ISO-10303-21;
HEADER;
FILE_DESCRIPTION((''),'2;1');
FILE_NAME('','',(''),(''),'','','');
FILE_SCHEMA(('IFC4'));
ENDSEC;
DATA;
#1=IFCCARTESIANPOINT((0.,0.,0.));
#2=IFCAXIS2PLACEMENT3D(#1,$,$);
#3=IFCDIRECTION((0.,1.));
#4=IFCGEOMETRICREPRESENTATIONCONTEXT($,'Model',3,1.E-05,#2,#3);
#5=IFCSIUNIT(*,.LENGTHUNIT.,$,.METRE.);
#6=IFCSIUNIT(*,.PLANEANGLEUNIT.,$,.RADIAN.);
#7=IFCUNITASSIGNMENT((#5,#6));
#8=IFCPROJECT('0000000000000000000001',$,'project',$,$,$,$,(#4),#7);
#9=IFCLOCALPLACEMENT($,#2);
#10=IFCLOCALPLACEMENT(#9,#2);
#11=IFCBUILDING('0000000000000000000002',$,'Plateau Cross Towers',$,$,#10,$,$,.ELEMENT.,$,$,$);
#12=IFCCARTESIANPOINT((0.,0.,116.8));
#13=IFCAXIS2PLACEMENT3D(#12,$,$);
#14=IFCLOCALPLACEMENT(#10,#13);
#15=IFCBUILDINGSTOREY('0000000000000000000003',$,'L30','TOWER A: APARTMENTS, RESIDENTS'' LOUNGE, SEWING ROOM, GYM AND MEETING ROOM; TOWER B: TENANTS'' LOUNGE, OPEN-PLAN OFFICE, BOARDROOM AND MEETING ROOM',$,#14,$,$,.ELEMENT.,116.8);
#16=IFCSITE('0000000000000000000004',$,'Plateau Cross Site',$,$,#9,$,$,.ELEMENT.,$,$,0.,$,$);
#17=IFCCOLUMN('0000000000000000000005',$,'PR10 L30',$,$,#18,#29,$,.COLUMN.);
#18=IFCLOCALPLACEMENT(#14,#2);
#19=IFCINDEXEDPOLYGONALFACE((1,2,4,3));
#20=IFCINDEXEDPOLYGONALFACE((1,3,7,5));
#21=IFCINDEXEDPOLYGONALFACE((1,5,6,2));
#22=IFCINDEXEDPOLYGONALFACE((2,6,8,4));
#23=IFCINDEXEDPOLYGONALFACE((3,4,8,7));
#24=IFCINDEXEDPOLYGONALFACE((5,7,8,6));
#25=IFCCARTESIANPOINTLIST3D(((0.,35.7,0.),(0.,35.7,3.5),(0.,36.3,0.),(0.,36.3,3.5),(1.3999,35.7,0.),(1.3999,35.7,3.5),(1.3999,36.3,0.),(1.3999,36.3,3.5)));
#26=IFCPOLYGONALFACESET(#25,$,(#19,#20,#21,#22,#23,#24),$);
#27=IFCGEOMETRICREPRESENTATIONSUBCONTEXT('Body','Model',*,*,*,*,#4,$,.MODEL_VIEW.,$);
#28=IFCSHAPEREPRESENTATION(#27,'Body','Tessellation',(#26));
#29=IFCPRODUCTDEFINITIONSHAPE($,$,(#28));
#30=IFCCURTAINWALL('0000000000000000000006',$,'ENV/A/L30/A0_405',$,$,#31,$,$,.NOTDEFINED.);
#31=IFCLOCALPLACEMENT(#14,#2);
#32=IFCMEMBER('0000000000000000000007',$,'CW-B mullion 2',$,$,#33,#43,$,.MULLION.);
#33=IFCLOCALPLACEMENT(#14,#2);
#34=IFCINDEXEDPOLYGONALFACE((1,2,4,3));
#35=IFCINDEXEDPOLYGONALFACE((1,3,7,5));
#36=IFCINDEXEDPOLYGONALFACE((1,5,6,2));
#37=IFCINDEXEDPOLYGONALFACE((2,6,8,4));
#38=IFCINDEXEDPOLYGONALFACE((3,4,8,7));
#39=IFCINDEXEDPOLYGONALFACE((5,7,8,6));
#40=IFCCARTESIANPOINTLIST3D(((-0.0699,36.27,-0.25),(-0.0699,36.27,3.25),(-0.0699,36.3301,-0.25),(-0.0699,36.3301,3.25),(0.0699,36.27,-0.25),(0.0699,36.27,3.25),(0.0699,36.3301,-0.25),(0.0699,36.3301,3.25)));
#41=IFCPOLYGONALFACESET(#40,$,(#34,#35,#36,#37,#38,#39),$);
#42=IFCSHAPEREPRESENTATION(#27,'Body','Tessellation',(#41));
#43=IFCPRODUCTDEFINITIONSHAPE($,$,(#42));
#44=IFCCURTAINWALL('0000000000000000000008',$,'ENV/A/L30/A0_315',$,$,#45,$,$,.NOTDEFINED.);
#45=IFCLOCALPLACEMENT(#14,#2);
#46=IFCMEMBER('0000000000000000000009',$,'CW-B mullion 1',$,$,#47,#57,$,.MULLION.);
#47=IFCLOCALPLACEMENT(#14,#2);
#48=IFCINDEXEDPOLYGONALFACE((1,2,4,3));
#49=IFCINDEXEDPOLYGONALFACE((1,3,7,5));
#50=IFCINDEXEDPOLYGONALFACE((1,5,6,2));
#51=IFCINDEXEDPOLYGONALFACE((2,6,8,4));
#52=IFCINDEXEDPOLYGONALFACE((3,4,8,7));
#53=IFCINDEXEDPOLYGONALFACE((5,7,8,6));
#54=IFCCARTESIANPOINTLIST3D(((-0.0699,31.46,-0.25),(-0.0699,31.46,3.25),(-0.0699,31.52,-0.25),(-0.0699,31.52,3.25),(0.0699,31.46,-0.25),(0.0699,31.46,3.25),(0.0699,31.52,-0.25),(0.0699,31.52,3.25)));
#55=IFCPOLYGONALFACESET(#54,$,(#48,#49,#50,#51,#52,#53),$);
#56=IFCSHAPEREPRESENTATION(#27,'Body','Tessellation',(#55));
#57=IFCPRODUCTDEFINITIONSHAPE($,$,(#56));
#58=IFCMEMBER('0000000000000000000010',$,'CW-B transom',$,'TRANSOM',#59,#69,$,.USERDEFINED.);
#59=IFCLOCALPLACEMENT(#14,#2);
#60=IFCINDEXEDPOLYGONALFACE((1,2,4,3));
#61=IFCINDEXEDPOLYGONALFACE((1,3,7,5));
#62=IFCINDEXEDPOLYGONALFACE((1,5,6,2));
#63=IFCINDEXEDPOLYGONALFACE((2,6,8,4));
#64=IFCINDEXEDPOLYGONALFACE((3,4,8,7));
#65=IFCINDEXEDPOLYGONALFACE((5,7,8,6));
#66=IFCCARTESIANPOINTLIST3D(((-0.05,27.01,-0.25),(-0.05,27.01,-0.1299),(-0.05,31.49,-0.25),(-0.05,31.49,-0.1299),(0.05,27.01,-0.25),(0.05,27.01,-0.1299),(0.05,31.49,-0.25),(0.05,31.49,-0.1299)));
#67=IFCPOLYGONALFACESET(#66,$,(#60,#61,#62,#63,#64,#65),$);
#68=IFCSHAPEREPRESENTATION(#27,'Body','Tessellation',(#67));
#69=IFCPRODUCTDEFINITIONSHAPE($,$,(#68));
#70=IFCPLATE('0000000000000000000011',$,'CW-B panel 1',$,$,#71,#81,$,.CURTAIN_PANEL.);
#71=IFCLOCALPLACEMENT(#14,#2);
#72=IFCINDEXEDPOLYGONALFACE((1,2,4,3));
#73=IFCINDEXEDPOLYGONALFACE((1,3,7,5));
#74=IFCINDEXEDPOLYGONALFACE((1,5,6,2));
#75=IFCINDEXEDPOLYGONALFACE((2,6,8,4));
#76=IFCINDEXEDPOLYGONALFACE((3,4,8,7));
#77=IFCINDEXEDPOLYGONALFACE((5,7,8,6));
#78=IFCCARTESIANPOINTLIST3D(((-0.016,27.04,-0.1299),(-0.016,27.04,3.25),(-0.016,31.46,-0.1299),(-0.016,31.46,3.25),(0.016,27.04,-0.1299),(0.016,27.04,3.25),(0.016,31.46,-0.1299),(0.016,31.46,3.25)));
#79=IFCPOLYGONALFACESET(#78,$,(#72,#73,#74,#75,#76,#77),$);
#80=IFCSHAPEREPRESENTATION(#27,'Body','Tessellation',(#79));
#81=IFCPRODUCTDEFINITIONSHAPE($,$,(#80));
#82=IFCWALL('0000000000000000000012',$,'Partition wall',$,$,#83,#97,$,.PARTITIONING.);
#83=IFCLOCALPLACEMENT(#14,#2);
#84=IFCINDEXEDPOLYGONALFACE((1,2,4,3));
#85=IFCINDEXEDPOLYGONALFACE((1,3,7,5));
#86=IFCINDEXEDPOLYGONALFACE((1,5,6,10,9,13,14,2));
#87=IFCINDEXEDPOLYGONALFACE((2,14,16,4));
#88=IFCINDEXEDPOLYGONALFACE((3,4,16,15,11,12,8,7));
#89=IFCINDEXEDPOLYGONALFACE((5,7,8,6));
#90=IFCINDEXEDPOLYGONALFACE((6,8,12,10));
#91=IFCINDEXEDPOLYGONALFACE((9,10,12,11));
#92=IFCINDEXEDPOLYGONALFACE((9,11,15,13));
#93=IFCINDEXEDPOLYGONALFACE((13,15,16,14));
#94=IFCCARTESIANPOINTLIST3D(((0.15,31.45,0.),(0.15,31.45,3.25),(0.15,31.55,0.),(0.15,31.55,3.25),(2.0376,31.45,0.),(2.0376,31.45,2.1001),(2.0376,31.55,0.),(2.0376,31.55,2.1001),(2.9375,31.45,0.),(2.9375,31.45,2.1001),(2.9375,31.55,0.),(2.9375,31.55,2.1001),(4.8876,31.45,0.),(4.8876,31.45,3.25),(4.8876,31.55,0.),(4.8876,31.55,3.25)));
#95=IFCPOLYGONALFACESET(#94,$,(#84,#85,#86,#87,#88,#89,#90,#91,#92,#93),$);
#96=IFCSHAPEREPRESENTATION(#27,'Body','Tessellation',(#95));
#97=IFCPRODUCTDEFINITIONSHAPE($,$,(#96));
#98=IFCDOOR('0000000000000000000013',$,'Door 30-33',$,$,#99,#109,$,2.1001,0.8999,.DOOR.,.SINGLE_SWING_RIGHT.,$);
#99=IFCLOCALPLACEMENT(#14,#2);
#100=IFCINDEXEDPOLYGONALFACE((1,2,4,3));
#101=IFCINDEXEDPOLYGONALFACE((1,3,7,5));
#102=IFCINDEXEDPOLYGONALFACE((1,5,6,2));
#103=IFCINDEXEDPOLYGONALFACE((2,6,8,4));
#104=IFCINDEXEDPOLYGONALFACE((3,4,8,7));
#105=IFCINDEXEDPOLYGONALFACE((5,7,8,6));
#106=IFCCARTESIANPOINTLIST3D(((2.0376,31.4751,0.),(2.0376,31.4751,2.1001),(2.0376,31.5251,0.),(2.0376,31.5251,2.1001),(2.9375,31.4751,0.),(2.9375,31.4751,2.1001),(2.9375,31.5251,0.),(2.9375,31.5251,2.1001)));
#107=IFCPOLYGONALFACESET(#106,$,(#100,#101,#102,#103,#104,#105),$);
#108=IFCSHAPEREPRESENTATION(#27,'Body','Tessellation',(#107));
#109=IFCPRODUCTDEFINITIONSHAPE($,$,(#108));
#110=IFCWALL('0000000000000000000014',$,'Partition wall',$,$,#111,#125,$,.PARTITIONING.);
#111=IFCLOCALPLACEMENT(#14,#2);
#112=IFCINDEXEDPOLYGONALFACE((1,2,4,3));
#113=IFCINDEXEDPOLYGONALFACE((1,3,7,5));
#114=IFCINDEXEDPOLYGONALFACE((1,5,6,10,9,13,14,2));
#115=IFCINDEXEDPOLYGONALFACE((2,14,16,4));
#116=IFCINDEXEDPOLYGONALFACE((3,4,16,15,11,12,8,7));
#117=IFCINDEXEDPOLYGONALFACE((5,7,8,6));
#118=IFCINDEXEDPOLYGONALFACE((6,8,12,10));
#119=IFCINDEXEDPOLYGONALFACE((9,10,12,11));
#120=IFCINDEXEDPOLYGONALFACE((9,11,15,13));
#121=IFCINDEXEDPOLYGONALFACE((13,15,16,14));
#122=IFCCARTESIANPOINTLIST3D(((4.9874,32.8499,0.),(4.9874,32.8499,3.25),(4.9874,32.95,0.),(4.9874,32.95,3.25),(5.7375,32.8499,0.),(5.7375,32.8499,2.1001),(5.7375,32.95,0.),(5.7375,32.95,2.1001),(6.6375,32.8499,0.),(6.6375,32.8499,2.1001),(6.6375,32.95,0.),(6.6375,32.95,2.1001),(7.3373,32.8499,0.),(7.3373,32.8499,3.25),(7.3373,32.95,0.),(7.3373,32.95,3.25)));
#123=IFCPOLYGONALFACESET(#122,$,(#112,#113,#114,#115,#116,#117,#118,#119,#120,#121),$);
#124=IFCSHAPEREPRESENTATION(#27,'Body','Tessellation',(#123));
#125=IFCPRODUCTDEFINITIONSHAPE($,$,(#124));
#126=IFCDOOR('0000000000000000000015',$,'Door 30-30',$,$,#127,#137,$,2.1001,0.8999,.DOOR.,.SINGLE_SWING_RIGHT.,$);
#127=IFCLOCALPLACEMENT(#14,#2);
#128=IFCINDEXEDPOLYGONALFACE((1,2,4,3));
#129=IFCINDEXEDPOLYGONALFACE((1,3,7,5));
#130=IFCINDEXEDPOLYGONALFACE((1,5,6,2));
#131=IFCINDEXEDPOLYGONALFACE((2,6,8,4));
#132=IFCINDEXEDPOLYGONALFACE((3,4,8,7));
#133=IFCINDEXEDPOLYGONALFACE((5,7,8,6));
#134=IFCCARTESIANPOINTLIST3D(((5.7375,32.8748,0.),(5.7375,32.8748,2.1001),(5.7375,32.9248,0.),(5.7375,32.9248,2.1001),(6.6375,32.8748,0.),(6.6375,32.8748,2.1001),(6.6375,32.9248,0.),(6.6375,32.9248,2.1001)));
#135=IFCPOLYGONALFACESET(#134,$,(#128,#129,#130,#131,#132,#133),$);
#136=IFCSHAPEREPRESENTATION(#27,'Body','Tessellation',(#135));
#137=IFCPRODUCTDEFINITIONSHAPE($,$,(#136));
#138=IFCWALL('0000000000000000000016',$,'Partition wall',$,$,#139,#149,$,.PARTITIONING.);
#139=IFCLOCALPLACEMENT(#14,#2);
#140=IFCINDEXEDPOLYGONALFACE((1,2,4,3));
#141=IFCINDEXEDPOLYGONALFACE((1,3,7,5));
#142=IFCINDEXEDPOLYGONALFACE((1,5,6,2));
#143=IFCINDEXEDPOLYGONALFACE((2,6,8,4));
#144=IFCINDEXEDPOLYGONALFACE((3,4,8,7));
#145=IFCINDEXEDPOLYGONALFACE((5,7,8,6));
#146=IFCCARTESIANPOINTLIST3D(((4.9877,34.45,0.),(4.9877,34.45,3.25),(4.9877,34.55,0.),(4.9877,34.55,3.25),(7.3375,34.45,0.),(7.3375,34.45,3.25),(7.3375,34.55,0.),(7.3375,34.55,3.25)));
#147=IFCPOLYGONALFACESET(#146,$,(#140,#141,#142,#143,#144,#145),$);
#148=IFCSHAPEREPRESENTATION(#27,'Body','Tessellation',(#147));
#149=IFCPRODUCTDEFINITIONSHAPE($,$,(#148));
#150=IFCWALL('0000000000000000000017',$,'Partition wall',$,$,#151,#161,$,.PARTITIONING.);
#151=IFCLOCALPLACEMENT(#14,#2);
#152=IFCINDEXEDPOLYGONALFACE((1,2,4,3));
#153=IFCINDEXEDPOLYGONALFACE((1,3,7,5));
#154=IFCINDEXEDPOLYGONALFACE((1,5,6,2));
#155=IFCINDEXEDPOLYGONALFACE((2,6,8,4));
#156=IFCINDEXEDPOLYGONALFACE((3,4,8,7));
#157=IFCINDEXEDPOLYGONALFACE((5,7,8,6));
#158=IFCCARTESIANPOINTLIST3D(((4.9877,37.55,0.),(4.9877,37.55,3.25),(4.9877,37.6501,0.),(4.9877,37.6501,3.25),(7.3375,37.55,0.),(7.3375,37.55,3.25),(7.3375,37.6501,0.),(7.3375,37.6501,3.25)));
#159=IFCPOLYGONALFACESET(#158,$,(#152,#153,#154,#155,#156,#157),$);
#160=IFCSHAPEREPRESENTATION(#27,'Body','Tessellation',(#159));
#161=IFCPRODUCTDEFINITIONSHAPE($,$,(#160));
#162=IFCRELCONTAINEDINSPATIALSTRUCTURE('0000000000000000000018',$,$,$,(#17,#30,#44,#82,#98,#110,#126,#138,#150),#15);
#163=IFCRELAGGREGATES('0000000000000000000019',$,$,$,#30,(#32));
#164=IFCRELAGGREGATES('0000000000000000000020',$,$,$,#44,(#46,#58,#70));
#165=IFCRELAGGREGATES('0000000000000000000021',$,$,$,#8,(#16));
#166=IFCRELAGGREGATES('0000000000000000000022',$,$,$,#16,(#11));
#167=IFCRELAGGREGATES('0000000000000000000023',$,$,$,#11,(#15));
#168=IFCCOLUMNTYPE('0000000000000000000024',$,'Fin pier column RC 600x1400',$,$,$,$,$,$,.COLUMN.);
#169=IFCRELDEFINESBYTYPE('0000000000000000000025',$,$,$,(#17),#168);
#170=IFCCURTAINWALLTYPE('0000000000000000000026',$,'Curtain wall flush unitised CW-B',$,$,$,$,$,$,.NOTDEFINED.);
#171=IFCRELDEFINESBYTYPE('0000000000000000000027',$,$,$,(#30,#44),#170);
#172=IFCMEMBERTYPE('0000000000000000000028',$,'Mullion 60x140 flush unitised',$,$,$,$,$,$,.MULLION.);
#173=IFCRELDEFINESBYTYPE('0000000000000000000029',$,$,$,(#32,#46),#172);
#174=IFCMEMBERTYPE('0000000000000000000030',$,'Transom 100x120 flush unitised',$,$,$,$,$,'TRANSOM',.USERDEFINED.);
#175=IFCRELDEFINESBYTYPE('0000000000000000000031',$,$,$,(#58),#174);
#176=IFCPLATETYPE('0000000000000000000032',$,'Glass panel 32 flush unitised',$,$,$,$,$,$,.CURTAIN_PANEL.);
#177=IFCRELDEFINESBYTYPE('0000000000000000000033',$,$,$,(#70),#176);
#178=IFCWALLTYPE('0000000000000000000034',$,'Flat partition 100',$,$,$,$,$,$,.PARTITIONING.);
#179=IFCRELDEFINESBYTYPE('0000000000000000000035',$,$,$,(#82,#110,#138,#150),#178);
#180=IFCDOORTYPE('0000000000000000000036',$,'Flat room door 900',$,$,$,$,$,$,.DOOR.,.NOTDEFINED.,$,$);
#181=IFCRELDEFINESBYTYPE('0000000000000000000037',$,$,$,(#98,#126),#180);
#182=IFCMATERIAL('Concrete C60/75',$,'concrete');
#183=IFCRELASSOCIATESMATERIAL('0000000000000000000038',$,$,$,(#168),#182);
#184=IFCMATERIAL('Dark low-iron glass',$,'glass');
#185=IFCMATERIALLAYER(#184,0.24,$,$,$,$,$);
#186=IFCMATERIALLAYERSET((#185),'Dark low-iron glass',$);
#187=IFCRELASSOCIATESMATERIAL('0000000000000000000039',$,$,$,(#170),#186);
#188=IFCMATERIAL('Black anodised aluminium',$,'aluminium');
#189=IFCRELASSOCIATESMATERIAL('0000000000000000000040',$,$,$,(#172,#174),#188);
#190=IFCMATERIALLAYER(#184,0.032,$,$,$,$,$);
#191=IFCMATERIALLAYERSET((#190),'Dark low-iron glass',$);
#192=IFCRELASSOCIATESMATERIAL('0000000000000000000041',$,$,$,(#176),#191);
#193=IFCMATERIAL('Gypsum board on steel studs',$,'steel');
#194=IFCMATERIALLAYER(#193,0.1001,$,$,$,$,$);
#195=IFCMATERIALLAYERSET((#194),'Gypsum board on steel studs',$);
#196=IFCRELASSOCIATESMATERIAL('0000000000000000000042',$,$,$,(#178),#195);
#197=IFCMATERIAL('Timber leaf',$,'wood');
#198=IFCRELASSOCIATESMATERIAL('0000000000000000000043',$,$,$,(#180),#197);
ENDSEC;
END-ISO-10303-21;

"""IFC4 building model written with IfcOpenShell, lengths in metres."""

from ifc_helpers import new_model, si_unit, direction, frame, frame_2d, origin, origin_2d, place, context, subcontext, project, spatial, rectangle, extrude, material, layer, layer_set, material_profile, profile_set, type_object, element, fill, aggregate, save


model = new_model("IFC4")

# Units and contexts
model_context = context("Model", 3, precision=1e-05, world=origin(), true_north=direction((0.0, 1.0)))
body_context = subcontext(model_context, "Body", "Model", "MODEL_VIEW")
ifc_project = project(units=[si_unit("LENGTHUNIT", "METRE"), si_unit("PLANEANGLEUNIT", "RADIAN")], contexts=[model_context])

# Site, building, storey
site_placement = place(None, origin())
site = spatial("IfcSite", under=ifc_project, at=site_placement, Name="Plateau Cross Site", CompositionType="ELEMENT", RefElevation=0.0)
building_placement = place(site_placement, origin())
building = spatial("IfcBuilding", under=site, at=building_placement, Name="Plateau Cross Towers", CompositionType="ELEMENT")
storey_placement = place(building_placement, frame((0.0, 0.0, 116.8)))
storey = spatial("IfcBuildingStorey", under=building, at=storey_placement, Name="L30", Description="TOWER A: APARTMENTS, RESIDENTS' LOUNGE, SEWING ROOM, GYM AND MEETING ROOM; TOWER B: TENANTS' LOUNGE, OPEN-PLAN OFFICE, BOARDROOM AND MEETING ROOM", CompositionType="ELEMENT", Elevation=116.8)

# Column
ifc_material_1 = material(Name="Concrete C60/75", Category="concrete")
ifc_material_profile_1 = material_profile(ifc_material_1, rectangle(XDim=0.6001, YDim=1.3999, at=origin_2d()), Name="RC 600x1400")
ifc_profile_set_1 = profile_set([ifc_material_profile_1], Name="Concrete C60/75")
column_type = type_object("IfcColumnType", Name="Fin pier column RC 600x1400", PredefinedType="COLUMN", material=ifc_profile_set_1)
column_placement = place(storey_placement, frame((0.7, 36.0, 0.0), z_axis=(0.0, 0.0, 1.0), x_axis=(0.0, 1.0, 0.0)))
element("IfcColumn", 1, at=column_placement, inside=storey, type_object=column_type, Name="PR10 L30", PredefinedType="COLUMN", context=body_context, shape_type="SweptSolid", body=[
    extrude(rectangle(XDim=0.6001, YDim=1.3999, at=origin_2d()), origin(), (0.0, 0.0, 1.0), 3.5),
])

# Curtain wall, member
ifc_material_2 = material(Name="Dark low-iron glass", Category="glass")
ifc_layer_1 = layer(ifc_material_2, 0.24)
ifc_layer_set_1 = layer_set([ifc_layer_1], Name="Dark low-iron glass")
curtain_wall_type = type_object("IfcCurtainWallType", Name="Curtain wall flush unitised CW-B", PredefinedType="NOTDEFINED", material=ifc_layer_set_1)
curtain_wall_1_placement = place(storey_placement, origin())
curtain_wall_1 = element("IfcCurtainWall", 2, at=curtain_wall_1_placement, inside=storey, type_object=curtain_wall_type, Name="ENV/A/L30/A0_405", PredefinedType="NOTDEFINED")
ifc_material_3 = material(Name="Black anodised aluminium", Category="aluminium")
ifc_material_profile_2 = material_profile(ifc_material_3, rectangle(XDim=0.0601, YDim=0.1399, at=origin_2d()), Name="MULLION 60x140")
ifc_profile_set_2 = profile_set([ifc_material_profile_2], Name="Black anodised aluminium")
member_type_1 = type_object("IfcMemberType", Name="Mullion 60x140 flush unitised", PredefinedType="MULLION", material=ifc_profile_set_2)
member_1_placement = place(storey_placement, frame((0.0, 36.3, -0.25), z_axis=(0.0, 0.0, 1.0), x_axis=(0.0, -1.0, 0.0)))
member_1 = element("IfcMember", 3, at=member_1_placement, type_object=member_type_1, Name="CW-B mullion 2", PredefinedType="MULLION", context=body_context, shape_type="SweptSolid", body=[
    extrude(rectangle(XDim=0.0601, YDim=0.1399, at=origin_2d()), origin(), (0.0, 0.0, 1.0), 3.5),
])
aggregate(curtain_wall_1, [member_1])

# Curtain wall, members, plate
curtain_wall_2_placement = place(storey_placement, origin())
curtain_wall_2 = element("IfcCurtainWall", 4, at=curtain_wall_2_placement, inside=storey, type_object=curtain_wall_type, Name="ENV/A/L30/A0_315", PredefinedType="NOTDEFINED")
member_2_placement = place(storey_placement, frame((0.0, 31.49, -0.25), z_axis=(0.0, 0.0, 1.0), x_axis=(0.0, -1.0, 0.0)))
member_2 = element("IfcMember", 5, at=member_2_placement, type_object=member_type_1, Name="CW-B mullion 1", PredefinedType="MULLION", context=body_context, shape_type="SweptSolid", body=[
    extrude(rectangle(XDim=0.0601, YDim=0.1399, at=origin_2d()), origin(), (0.0, 0.0, 1.0), 3.5),
])
ifc_material_profile_3 = material_profile(ifc_material_3, rectangle(XDim=0.1001, YDim=0.1201, at=origin_2d()), Name="TRANSOM 100x120")
ifc_profile_set_3 = profile_set([ifc_material_profile_3], Name="Black anodised aluminium")
member_type_2 = type_object("IfcMemberType", Name="Transom 100x120 flush unitised", ElementType="TRANSOM", PredefinedType="USERDEFINED", material=ifc_profile_set_3)
member_3_placement = place(storey_placement, frame((0.0, 31.49, -0.1899), z_axis=(0.0, -1.0, 0.0), x_axis=(1.0, 0.0, 0.0)))
member_3 = element("IfcMember", 6, at=member_3_placement, type_object=member_type_2, Name="CW-B transom", ObjectType="TRANSOM", PredefinedType="USERDEFINED", context=body_context, shape_type="SweptSolid", body=[
    extrude(rectangle(XDim=0.1001, YDim=0.1201, at=origin_2d()), origin(), (0.0, 0.0, 1.0), 4.48),
])
ifc_layer_2 = layer(ifc_material_2, 0.032)
ifc_layer_set_2 = layer_set([ifc_layer_2], Name="Dark low-iron glass")
plate_type = type_object("IfcPlateType", Name="Glass panel 32 flush unitised", PredefinedType="CURTAIN_PANEL", material=ifc_layer_set_2)
plate_placement = place(storey_placement, frame((0.0, 29.25, -0.1299), z_axis=(0.0, 0.0, 1.0), x_axis=(0.0, -1.0, 0.0)))
plate = element("IfcPlate", 7, at=plate_placement, type_object=plate_type, Name="CW-B panel 1", PredefinedType="CURTAIN_PANEL", context=body_context, shape_type="SweptSolid", body=[
    extrude(rectangle(XDim=4.4199, YDim=0.032, at=origin_2d()), origin(), (0.0, 0.0, 1.0), 3.3799),
])
aggregate(curtain_wall_2, [member_2, member_3, plate])

# Walls, openings, doors
ifc_material_4 = material(Name="Gypsum board on steel studs", Category="steel")
ifc_layer_3 = layer(ifc_material_4, 0.1001)
ifc_layer_set_3 = layer_set([ifc_layer_3], Name="Gypsum board on steel studs")
wall_type_1 = type_object("IfcWallType", Name="Flat partition 100", PredefinedType="PARTITIONING", material=ifc_layer_set_3)
wall_1_placement = place(storey_placement, frame((4.8875, 31.5, 0.0), z_axis=(0.0, 0.0, 1.0), x_axis=(-1.0, 0.0, 0.0)))
wall_1 = element("IfcWall", 8, at=wall_1_placement, inside=storey, type_object=wall_type_1, Name="Partition wall", PredefinedType="PARTITIONING", context=body_context, shape_type="SweptSolid", body=[
    extrude(rectangle(XDim=4.7375, YDim=0.1001, at=frame_2d((2.3687, 0.0))), origin(), (0.0, 0.0, 1.0), 3.25),
])
opening_1_placement = place(wall_1_placement, frame((1.95, 0.0, 0.0)))
opening_1 = element("IfcOpeningElement", 9, at=opening_1_placement, cuts=wall_1, PredefinedType="OPENING", context=body_context, shape_type="SweptSolid", body=[
    extrude(rectangle(XDim=0.8999, YDim=2.1001, at=frame_2d((0.45, 1.05))), frame((0.0, 0.0601, 0.0), z_axis=(0.0, -1.0, 0.0), x_axis=(1.0, 0.0, 0.0)), (0.0, 0.0, 1.0), 0.1201),
])
ifc_material_5 = material(Name="Timber leaf", Category="wood")
door_type_1 = type_object("IfcDoorType", Name="Flat room door 900", OperationType="NOTDEFINED", PredefinedType="DOOR", material=ifc_material_5)
door_1_placement = place(opening_1_placement, origin())
door_1 = element("IfcDoor", 10, at=door_1_placement, inside=storey, type_object=door_type_1, Name="Door 30-33", OperationType="SINGLE_SWING_RIGHT", OverallHeight=2.1001, OverallWidth=0.8999, PredefinedType="DOOR", context=body_context, shape_type="SweptSolid", body=[
    extrude(rectangle(XDim=0.8999, YDim=2.1001, at=frame_2d((0.45, 1.05))), frame((0.0, 0.0249, 0.0), z_axis=(0.0, -1.0, 0.0), x_axis=(1.0, 0.0, 0.0)), (0.0, 0.0, 1.0), 0.05),
])
fill(opening_1, door_1)
wall_2_placement = place(storey_placement, frame((4.9875, 32.8999, 0.0), z_axis=(0.0, 0.0, 1.0), x_axis=(1.0, 0.0, 0.0)))
wall_2 = element("IfcWall", 11, at=wall_2_placement, inside=storey, type_object=wall_type_1, Name="Partition wall", PredefinedType="PARTITIONING", context=body_context, shape_type="SweptSolid", body=[
    extrude(rectangle(XDim=2.3499, YDim=0.1001, at=frame_2d((1.1748, 0.0))), origin(), (0.0, 0.0, 1.0), 3.25),
])
opening_2_placement = place(wall_2_placement, frame((0.75, 0.0, 0.0)))
opening_2 = element("IfcOpeningElement", 12, at=opening_2_placement, cuts=wall_2, PredefinedType="OPENING", context=body_context, shape_type="SweptSolid", body=[
    extrude(rectangle(XDim=0.8999, YDim=2.1001, at=frame_2d((0.45, 1.05))), frame((0.0, 0.0601, 0.0), z_axis=(0.0, -1.0, 0.0), x_axis=(1.0, 0.0, 0.0)), (0.0, 0.0, 1.0), 0.1201),
])
door_2_placement = place(opening_2_placement, origin())
door_2 = element("IfcDoor", 13, at=door_2_placement, inside=storey, type_object=door_type_1, Name="Door 30-30", OperationType="SINGLE_SWING_RIGHT", OverallHeight=2.1001, OverallWidth=0.8999, PredefinedType="DOOR", context=body_context, shape_type="SweptSolid", body=[
    extrude(rectangle(XDim=0.8999, YDim=2.1001, at=frame_2d((0.45, 1.05))), frame((0.0, 0.0249, 0.0), z_axis=(0.0, -1.0, 0.0), x_axis=(1.0, 0.0, 0.0)), (0.0, 0.0, 1.0), 0.05),
])
fill(opening_2, door_2)

# Walls
for number, where, z_axis, x_axis, name in (
    (14, (7.3374, 34.5, 0.0), (0.0, 0.0, 1.0), (-1.0, 0.0, 0.0), "Partition wall"),
    (15, (7.3374, 37.6001, 0.0), (0.0, 0.0, 1.0), (-1.0, 0.0, 0.0), "Partition wall"),
):
    element("IfcWall", number, at=place(storey_placement, frame(where, z_axis=z_axis, x_axis=x_axis)), inside=storey, type_object=wall_type_1, Name=name, PredefinedType="PARTITIONING", context=body_context, shape_type="SweptSolid", body=[
        extrude(rectangle(XDim=2.3499, YDim=0.1001, at=frame_2d((1.1748, 0.0))), origin(), (0.0, 0.0, 1.0), 3.25),
    ])

save(model, "model.ifc")
